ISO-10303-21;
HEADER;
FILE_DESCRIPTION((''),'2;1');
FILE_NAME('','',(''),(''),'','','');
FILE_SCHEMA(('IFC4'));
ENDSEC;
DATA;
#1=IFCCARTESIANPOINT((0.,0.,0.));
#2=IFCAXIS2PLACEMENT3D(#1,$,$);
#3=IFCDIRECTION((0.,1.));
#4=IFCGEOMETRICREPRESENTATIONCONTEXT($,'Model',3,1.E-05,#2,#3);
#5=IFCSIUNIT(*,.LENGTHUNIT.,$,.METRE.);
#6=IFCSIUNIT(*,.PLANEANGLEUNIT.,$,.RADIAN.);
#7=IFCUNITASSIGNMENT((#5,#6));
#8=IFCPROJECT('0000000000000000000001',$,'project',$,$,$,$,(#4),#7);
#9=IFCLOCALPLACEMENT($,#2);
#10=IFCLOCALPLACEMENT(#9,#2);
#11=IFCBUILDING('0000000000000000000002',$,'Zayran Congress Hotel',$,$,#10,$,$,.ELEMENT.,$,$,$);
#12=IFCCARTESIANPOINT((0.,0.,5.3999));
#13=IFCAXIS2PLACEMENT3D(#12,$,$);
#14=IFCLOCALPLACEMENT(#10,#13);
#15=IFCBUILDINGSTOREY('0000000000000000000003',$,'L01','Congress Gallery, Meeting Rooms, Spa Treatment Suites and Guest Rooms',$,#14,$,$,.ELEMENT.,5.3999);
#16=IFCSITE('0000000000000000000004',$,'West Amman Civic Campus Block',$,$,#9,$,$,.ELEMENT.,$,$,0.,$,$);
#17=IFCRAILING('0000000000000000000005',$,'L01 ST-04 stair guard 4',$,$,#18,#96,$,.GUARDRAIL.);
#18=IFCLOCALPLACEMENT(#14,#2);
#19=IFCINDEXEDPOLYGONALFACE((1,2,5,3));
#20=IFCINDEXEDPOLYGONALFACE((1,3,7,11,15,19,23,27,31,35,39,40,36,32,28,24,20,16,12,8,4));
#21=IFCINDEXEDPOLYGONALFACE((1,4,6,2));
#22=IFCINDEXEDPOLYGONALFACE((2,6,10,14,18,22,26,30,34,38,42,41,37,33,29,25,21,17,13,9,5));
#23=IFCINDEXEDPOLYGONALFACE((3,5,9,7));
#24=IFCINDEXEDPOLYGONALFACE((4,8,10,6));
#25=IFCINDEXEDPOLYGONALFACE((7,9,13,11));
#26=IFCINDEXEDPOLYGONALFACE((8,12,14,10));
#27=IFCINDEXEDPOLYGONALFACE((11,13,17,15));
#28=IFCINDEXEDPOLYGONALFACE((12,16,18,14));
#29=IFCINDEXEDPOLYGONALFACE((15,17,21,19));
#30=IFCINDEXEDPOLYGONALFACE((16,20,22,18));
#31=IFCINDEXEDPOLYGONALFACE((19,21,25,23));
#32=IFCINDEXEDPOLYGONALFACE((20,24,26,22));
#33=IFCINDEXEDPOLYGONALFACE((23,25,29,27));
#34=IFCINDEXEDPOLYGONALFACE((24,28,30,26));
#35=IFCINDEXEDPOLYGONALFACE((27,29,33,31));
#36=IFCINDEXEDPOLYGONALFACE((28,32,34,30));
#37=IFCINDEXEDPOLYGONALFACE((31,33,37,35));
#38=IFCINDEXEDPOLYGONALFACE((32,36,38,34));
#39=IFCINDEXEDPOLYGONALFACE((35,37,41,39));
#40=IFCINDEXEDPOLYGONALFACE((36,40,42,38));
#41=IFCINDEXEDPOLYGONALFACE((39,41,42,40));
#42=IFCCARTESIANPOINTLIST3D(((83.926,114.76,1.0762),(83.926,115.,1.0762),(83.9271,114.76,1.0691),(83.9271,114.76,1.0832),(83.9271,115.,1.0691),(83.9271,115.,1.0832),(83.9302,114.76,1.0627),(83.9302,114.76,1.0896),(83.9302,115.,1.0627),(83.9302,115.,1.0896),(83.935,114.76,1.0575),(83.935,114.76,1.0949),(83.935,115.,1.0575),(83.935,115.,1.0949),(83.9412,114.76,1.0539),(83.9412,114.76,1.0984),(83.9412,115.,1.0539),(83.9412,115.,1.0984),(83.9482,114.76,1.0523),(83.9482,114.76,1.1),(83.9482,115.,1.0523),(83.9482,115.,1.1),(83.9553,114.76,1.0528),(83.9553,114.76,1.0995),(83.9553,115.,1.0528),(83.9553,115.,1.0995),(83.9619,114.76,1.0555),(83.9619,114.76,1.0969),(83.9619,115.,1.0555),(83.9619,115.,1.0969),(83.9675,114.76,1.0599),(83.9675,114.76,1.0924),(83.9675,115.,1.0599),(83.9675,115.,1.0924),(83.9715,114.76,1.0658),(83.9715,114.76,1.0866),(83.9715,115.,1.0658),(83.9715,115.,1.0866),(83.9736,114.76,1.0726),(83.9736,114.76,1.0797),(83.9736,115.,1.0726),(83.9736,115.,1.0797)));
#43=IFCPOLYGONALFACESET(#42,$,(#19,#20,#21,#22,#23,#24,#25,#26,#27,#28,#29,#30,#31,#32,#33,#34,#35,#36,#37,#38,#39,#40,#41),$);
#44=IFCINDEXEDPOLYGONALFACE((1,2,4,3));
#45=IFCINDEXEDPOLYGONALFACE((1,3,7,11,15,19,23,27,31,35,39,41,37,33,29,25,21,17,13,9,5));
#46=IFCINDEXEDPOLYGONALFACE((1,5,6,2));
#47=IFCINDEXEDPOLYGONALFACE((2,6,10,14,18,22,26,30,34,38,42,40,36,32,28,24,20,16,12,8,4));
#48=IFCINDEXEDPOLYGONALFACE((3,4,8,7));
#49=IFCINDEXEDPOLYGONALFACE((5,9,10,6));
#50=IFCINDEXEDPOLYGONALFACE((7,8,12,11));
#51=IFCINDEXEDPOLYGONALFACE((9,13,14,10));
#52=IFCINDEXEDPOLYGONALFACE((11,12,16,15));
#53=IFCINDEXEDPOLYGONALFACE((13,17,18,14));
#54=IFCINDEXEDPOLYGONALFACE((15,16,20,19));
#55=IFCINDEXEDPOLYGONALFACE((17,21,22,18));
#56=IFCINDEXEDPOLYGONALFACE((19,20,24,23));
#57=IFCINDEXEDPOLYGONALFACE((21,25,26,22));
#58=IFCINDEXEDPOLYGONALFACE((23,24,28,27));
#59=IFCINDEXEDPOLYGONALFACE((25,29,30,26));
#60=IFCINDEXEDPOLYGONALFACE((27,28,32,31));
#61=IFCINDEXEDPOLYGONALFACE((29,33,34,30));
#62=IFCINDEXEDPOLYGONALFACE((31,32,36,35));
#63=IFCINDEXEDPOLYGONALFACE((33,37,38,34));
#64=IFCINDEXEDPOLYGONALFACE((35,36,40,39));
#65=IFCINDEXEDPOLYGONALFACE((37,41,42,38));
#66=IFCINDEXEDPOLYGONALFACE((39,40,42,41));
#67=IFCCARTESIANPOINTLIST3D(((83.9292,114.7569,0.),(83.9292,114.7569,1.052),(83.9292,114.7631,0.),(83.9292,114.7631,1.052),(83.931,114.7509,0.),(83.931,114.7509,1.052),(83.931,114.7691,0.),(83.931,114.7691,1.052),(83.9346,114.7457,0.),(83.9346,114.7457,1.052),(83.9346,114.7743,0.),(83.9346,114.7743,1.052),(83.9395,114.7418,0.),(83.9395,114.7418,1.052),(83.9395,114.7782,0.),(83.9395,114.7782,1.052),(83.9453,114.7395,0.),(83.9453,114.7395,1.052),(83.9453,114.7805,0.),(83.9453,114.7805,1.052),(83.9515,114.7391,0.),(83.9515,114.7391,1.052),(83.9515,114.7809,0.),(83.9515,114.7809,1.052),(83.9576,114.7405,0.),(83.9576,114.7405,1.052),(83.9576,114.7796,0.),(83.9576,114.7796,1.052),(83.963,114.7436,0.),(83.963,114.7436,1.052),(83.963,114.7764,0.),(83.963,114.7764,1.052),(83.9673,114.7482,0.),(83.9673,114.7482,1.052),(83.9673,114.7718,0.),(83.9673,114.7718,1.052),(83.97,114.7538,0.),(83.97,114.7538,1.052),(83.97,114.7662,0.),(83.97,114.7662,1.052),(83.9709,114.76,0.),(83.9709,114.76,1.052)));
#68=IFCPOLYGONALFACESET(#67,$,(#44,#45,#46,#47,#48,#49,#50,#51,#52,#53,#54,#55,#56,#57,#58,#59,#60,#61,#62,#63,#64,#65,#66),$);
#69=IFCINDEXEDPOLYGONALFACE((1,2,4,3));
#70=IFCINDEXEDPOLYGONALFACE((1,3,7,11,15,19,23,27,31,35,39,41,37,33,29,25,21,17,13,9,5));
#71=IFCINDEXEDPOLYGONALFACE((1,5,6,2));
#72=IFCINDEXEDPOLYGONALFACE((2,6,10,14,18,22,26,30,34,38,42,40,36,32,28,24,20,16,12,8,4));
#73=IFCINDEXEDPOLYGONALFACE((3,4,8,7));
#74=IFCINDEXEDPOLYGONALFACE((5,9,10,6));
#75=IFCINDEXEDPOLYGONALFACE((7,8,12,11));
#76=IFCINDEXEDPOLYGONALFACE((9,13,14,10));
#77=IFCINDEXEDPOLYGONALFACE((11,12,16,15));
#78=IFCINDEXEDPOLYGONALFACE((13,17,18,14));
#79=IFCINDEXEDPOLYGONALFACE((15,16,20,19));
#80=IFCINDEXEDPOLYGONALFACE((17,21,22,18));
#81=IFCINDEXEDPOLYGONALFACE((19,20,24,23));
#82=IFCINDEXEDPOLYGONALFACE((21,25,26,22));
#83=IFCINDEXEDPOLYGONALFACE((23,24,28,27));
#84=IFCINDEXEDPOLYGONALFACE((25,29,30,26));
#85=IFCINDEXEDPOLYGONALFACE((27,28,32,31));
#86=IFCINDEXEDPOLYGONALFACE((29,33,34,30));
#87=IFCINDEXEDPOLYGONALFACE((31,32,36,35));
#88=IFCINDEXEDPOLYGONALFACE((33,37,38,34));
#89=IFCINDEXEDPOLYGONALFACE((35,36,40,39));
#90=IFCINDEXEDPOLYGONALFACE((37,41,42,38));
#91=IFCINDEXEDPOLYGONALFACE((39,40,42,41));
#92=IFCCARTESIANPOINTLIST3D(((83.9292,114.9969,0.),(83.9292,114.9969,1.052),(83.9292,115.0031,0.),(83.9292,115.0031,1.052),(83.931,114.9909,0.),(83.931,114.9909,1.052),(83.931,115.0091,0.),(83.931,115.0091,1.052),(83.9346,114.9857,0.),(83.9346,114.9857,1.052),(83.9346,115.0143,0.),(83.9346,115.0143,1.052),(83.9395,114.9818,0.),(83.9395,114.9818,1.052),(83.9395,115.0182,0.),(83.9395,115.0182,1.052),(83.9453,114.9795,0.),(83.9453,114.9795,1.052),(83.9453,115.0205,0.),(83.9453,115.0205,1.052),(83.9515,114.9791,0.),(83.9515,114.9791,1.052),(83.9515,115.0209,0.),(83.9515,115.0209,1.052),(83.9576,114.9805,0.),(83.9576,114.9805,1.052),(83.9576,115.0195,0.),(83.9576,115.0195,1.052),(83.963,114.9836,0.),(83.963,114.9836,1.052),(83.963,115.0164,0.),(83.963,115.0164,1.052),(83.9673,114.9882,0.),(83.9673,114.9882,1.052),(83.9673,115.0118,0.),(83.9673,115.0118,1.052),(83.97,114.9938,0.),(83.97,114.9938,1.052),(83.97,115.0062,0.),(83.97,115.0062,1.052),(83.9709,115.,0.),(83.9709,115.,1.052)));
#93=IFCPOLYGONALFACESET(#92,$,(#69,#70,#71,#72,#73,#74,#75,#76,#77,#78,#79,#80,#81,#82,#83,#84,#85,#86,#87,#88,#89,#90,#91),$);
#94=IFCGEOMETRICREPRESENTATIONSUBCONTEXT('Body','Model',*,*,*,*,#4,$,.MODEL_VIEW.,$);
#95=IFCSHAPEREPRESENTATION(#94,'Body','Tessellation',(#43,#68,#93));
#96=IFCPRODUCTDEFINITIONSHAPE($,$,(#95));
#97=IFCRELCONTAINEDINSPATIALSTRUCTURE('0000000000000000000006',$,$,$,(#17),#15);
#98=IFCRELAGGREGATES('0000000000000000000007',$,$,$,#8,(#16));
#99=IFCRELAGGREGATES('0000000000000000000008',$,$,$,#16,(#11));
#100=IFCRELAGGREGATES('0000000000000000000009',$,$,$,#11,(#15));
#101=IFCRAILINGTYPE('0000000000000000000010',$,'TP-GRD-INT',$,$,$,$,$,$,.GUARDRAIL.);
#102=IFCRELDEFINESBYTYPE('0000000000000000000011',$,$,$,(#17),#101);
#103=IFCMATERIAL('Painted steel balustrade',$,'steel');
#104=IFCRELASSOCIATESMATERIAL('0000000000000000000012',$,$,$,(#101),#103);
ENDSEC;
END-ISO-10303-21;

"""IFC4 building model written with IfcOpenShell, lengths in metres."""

from ifc_helpers import new_model, si_unit, direction, frame, origin, origin_2d, place, context, subcontext, project, spatial, circle, extrude, material, type_object, element, save


model = new_model("IFC4")

# Units and contexts
model_context = context("Model", 3, precision=1e-05, world=origin(), true_north=direction((0.0, 1.0)))
body_context = subcontext(model_context, "Body", "Model", "MODEL_VIEW")
ifc_project = project(units=[si_unit("LENGTHUNIT", "METRE"), si_unit("PLANEANGLEUNIT", "RADIAN")], contexts=[model_context])

# Site, building, storey
site_placement = place(None, origin())
site = spatial("IfcSite", under=ifc_project, at=site_placement, Name="West Amman Civic Campus Block", CompositionType="ELEMENT", RefElevation=0.0)
building_placement = place(site_placement, origin())
building = spatial("IfcBuilding", under=site, at=building_placement, Name="Zayran Congress Hotel", CompositionType="ELEMENT")
storey_placement = place(building_placement, frame((0.0, 0.0, 5.3999)))
storey = spatial("IfcBuildingStorey", under=building, at=storey_placement, Name="L01", Description="Congress Gallery, Meeting Rooms, Spa Treatment Suites and Guest Rooms", CompositionType="ELEMENT", Elevation=5.3999)

# Railing
ifc_material_1 = material(Name="Painted steel balustrade", Category="steel")
railing_type = type_object("IfcRailingType", Name="TP-GRD-INT", PredefinedType="GUARDRAIL", material=ifc_material_1)
railing_1_placement = place(storey_placement, frame((83.95, 114.76, 0.0)))
element("IfcRailing", 1, at=railing_1_placement, inside=storey, type_object=railing_type, Name="L01 ST-04 stair guard 4", PredefinedType="GUARDRAIL", context=body_context, shape_type="SweptSolid", body=[
    extrude(circle(Radius=0.0239, at=origin_2d()), frame((0.0, 0.0, 1.0762), z_axis=(0.0, 1.0, 0.0), x_axis=(-1.0, 0.0, 0.0)), (0.0, 0.0, 1.0), 0.24),
    extrude(circle(Radius=0.021, at=origin_2d()), origin(), (0.0, 0.0, 1.0), 1.052),
    extrude(circle(Radius=0.021, at=origin_2d()), frame((0.0, 0.24, 0.0)), (0.0, 0.0, 1.0), 1.052),
])

save(model, "model.ifc")
